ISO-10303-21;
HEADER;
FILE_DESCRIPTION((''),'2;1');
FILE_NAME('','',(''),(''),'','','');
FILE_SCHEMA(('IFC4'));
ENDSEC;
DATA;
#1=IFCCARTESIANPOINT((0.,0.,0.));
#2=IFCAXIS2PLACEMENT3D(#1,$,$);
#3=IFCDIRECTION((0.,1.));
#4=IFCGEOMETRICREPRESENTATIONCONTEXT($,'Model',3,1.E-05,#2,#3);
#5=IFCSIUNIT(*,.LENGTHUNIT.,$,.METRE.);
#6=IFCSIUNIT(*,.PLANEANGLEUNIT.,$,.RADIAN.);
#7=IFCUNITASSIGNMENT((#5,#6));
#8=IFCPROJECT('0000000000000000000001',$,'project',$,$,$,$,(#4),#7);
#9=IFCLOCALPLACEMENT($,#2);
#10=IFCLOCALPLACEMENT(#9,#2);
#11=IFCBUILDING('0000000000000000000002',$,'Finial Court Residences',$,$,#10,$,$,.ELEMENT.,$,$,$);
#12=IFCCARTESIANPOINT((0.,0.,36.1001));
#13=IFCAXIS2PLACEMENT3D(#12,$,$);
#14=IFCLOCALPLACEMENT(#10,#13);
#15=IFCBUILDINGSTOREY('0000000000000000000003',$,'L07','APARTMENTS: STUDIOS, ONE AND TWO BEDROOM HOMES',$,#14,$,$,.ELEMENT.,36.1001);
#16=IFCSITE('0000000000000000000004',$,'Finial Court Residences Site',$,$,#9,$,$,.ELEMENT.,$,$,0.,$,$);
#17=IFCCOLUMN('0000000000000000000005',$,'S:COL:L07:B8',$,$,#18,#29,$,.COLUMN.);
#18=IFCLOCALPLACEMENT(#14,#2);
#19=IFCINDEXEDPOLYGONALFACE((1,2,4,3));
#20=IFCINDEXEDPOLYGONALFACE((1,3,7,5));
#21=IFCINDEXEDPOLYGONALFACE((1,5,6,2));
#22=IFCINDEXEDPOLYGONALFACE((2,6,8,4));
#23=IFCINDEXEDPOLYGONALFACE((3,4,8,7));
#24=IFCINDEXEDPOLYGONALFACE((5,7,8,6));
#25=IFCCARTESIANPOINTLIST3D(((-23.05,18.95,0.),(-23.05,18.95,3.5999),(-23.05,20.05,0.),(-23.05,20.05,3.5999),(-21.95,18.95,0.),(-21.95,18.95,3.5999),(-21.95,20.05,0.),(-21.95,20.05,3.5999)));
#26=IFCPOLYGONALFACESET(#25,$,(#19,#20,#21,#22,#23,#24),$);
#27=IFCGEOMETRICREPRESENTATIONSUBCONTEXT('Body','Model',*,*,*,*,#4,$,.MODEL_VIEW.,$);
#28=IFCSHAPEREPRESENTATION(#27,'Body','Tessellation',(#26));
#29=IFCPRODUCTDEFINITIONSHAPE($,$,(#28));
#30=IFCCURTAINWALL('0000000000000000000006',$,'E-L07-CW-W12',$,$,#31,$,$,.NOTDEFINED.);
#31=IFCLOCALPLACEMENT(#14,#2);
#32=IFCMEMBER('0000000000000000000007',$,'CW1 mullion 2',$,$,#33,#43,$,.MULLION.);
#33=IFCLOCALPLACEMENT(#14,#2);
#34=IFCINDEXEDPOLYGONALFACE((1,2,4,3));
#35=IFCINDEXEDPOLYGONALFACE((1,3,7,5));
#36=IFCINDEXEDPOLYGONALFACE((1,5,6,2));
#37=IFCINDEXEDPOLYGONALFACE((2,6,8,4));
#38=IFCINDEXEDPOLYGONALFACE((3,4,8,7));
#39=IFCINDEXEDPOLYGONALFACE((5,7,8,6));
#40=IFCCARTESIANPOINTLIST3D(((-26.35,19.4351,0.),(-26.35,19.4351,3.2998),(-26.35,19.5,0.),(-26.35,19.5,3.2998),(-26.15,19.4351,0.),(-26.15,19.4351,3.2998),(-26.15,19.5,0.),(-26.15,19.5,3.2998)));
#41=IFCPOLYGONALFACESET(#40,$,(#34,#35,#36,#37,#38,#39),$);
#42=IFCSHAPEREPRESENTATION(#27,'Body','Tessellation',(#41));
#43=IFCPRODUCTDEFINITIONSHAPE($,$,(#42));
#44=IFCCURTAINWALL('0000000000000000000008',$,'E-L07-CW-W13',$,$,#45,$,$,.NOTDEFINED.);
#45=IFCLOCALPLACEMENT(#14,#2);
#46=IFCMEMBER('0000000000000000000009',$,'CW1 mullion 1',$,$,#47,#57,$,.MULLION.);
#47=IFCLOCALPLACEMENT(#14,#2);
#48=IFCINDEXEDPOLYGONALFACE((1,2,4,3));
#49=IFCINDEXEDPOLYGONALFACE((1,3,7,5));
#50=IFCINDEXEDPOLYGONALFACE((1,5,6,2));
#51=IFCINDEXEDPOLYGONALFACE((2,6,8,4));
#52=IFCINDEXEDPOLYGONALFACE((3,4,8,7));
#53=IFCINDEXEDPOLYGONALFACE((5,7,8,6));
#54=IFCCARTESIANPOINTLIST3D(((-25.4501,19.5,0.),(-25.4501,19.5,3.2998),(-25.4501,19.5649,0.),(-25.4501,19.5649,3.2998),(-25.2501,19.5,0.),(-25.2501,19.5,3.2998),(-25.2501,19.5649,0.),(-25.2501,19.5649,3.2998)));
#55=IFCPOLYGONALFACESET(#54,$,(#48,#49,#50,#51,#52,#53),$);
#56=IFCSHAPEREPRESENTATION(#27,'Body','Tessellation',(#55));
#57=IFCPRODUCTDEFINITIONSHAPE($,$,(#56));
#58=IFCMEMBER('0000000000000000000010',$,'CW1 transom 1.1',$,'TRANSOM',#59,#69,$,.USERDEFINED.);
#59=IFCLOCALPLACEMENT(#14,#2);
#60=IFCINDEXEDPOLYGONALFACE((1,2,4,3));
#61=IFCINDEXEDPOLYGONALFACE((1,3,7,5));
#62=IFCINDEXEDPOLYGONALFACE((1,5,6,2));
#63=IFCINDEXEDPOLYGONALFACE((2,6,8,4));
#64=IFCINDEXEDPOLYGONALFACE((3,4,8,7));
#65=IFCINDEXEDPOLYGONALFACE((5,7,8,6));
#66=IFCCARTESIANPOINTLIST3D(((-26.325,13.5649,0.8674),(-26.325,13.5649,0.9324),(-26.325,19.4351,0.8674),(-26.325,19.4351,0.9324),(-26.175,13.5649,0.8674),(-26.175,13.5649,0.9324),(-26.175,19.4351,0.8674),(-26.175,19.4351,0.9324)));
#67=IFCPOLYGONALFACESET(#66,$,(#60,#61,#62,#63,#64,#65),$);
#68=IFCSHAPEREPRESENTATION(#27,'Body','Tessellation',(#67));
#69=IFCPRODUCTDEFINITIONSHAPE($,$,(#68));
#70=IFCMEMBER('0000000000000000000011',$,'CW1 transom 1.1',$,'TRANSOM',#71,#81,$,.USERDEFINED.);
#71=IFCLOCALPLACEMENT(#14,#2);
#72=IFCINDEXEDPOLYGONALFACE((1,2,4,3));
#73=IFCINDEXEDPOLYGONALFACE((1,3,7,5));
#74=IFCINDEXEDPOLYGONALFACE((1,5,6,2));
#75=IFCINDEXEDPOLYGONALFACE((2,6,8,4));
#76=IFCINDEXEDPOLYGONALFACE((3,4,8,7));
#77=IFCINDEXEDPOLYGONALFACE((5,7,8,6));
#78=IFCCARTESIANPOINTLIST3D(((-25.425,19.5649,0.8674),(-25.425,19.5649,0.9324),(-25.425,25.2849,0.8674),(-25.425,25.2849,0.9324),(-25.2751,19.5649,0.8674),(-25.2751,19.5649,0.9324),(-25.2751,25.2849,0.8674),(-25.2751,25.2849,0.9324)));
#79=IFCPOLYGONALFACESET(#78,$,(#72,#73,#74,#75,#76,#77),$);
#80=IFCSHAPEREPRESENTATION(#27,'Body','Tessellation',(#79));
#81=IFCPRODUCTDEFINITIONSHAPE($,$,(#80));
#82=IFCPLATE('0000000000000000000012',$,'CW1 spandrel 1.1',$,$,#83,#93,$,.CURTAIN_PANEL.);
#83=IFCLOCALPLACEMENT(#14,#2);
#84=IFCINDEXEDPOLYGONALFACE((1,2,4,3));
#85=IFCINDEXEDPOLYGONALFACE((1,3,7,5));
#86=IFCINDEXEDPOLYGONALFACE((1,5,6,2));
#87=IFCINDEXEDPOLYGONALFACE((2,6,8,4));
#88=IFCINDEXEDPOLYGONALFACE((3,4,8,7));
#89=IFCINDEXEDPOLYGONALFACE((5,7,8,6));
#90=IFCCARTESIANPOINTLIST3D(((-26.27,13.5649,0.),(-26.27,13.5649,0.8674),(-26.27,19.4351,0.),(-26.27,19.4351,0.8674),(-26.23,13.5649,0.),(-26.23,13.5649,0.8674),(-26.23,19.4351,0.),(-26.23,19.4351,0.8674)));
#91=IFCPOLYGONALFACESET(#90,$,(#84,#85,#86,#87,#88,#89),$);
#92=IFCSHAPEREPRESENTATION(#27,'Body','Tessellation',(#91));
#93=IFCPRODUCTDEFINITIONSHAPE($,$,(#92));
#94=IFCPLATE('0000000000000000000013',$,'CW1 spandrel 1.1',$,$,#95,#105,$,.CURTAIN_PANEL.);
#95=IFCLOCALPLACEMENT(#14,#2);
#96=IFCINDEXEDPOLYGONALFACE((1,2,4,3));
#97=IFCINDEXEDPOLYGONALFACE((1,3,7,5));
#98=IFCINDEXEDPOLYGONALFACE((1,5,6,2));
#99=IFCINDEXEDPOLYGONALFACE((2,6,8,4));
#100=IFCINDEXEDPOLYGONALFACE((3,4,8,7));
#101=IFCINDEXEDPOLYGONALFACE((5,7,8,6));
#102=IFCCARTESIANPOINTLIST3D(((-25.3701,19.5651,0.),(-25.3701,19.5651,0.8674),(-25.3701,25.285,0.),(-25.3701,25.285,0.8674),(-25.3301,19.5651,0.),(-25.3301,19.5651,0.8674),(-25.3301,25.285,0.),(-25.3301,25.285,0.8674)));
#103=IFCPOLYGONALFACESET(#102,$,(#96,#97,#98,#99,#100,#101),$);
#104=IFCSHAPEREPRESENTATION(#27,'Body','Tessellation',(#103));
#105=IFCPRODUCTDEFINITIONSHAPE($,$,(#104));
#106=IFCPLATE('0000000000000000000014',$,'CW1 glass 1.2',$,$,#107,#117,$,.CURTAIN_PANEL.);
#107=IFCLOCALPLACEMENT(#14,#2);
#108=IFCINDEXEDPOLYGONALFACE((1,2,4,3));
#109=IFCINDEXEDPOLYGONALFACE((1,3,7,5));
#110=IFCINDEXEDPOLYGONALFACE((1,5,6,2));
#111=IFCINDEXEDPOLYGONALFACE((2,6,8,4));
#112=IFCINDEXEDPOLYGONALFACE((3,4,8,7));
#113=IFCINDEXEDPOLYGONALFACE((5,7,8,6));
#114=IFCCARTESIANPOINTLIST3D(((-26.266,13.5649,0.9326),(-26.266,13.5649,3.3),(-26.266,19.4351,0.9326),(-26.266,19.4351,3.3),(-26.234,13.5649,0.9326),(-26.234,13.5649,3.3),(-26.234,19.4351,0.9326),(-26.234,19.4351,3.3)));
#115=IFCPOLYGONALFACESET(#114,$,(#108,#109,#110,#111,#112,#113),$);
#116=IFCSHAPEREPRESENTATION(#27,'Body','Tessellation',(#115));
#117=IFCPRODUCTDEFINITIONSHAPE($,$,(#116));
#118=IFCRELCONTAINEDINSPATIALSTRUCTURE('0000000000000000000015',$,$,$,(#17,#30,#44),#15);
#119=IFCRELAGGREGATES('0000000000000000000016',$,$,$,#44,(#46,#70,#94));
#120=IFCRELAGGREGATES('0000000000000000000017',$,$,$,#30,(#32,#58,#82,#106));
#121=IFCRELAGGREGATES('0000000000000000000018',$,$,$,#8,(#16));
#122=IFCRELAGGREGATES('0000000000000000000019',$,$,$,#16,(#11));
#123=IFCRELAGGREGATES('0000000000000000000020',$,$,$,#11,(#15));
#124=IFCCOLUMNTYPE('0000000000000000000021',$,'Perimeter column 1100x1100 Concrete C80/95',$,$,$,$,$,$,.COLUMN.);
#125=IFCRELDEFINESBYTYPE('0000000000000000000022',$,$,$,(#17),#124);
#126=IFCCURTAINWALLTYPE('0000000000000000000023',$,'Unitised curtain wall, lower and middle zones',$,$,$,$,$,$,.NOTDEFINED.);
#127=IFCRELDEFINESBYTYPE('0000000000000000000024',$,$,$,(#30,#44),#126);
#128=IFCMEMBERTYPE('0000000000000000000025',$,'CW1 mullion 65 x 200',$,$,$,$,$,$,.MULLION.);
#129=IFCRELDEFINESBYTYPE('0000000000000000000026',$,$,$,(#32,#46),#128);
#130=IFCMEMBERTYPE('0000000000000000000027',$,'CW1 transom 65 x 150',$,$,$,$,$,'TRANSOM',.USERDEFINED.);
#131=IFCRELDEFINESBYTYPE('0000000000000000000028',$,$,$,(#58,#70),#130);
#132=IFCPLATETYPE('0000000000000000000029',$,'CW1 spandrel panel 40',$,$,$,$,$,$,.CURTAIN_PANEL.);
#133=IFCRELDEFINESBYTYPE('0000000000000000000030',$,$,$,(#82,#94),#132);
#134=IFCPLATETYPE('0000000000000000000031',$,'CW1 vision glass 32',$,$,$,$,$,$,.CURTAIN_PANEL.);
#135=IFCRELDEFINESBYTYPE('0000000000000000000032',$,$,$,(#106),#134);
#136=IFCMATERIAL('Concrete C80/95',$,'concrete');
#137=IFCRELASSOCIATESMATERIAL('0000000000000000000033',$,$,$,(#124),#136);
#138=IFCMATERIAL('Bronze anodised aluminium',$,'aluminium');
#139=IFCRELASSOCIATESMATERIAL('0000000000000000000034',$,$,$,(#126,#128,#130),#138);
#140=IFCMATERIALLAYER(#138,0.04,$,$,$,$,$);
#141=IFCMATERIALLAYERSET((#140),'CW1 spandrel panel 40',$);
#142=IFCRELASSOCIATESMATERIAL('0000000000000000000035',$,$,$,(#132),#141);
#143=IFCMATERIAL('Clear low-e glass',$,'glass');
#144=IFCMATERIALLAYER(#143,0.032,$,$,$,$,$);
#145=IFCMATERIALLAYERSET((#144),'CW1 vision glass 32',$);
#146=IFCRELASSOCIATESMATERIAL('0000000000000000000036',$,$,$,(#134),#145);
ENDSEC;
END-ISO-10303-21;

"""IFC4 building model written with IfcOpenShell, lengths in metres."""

from ifc_helpers import new_model, si_unit, direction, frame, origin, origin_2d, place, context, subcontext, project, spatial, rectangle, extrude, material, layer, layer_set, material_profile, profile_set, type_object, element, aggregate, save


model = new_model("IFC4")

# Units and contexts
model_context = context("Model", 3, precision=1e-05, world=origin(), true_north=direction((0.0, 1.0)))
body_context = subcontext(model_context, "Body", "Model", "MODEL_VIEW")
ifc_project = project(units=[si_unit("LENGTHUNIT", "METRE"), si_unit("PLANEANGLEUNIT", "RADIAN")], contexts=[model_context])

# Site, building, storey
site_placement = place(None, origin())
site = spatial("IfcSite", under=ifc_project, at=site_placement, Name="Finial Court Residences Site", CompositionType="ELEMENT", RefElevation=0.0)
building_placement = place(site_placement, origin())
building = spatial("IfcBuilding", under=site, at=building_placement, Name="Finial Court Residences", CompositionType="ELEMENT")
storey_placement = place(building_placement, frame((0.0, 0.0, 36.1001)))
storey = spatial("IfcBuildingStorey", under=building, at=storey_placement, Name="L07", Description="APARTMENTS: STUDIOS, ONE AND TWO BEDROOM HOMES", CompositionType="ELEMENT", Elevation=36.1001)

# Column
ifc_material_1 = material(Name="Concrete C80/95", Category="concrete")
ifc_material_profile_1 = material_profile(ifc_material_1, rectangle(XDim=1.1001, YDim=1.1001, at=origin_2d()), Name="1100x1100")
ifc_profile_set_1 = profile_set([ifc_material_profile_1], Name="Concrete C80/95")
column_type = type_object("IfcColumnType", Name="Perimeter column 1100x1100 Concrete C80/95", PredefinedType="COLUMN", material=ifc_profile_set_1)
column_placement = place(storey_placement, frame((-22.5, 19.5, 0.0), z_axis=(0.0, 0.0, 1.0), x_axis=(1.0, 0.0, 0.0)))
element("IfcColumn", 1, at=column_placement, inside=storey, type_object=column_type, Name="S:COL:L07:B8", PredefinedType="COLUMN", context=body_context, shape_type="SweptSolid", body=[
    extrude(rectangle(XDim=1.1001, YDim=1.1001, at=origin_2d()), origin(), (0.0, 0.0, 1.0), 3.5999),
])

# Curtain walls, members
ifc_material_2 = material(Name="Bronze anodised aluminium", Category="aluminium")
curtain_wall_type = type_object("IfcCurtainWallType", Name="Unitised curtain wall, lower and middle zones", PredefinedType="NOTDEFINED", material=ifc_material_2)
curtain_wall_1_placement = place(storey_placement, origin())
curtain_wall_1 = element("IfcCurtainWall", 2, at=curtain_wall_1_placement, inside=storey, type_object=curtain_wall_type, Name="E-L07-CW-W12", PredefinedType="NOTDEFINED")
ifc_material_profile_2 = material_profile(ifc_material_2, rectangle(XDim=0.2, YDim=0.0649, at=origin_2d()), Name="CW1 mullion 65 x 200")
ifc_profile_set_2 = profile_set([ifc_material_profile_2], Name="Bronze anodised aluminium")
member_type_1 = type_object("IfcMemberType", Name="CW1 mullion 65 x 200", PredefinedType="MULLION", material=ifc_profile_set_2)
member_1_placement = place(storey_placement, frame((-26.25, 19.4675, 0.0), z_axis=(0.0, 0.0, 1.0), x_axis=(-1.0, 0.0, 0.0)))
member_1 = element("IfcMember", 3, at=member_1_placement, type_object=member_type_1, Name="CW1 mullion 2", PredefinedType="MULLION", context=body_context, shape_type="SweptSolid", body=[
    extrude(rectangle(XDim=0.2, YDim=0.0649, at=origin_2d()), origin(), (0.0, 0.0, 1.0), 3.2998),
])
curtain_wall_2_placement = place(storey_placement, origin())
curtain_wall_2 = element("IfcCurtainWall", 4, at=curtain_wall_2_placement, inside=storey, type_object=curtain_wall_type, Name="E-L07-CW-W13", PredefinedType="NOTDEFINED")
member_2_placement = place(storey_placement, frame((-25.3501, 19.5325, 0.0), z_axis=(0.0, 0.0, 1.0), x_axis=(-1.0, 0.0, 0.0)))
member_2 = element("IfcMember", 5, at=member_2_placement, type_object=member_type_1, Name="CW1 mullion 1", PredefinedType="MULLION", context=body_context, shape_type="SweptSolid", body=[
    extrude(rectangle(XDim=0.2, YDim=0.0649, at=origin_2d()), origin(), (0.0, 0.0, 1.0), 3.2998),
])

# Members
ifc_material_profile_3 = material_profile(ifc_material_2, rectangle(XDim=0.1499, YDim=0.0649, at=origin_2d()), Name="CW1 transom 65 x 150")
ifc_profile_set_3 = profile_set([ifc_material_profile_3], Name="Bronze anodised aluminium")
member_type_2 = type_object("IfcMemberType", Name="CW1 transom 65 x 150", ElementType="TRANSOM", PredefinedType="USERDEFINED", material=ifc_profile_set_3)
member_3_placement = place(storey_placement, frame((-26.25, 13.5649, 0.8999), z_axis=(0.0, 1.0, 0.0), x_axis=(-1.0, 0.0, 0.0)))
member_3 = element("IfcMember", 6, at=member_3_placement, type_object=member_type_2, Name="CW1 transom 1.1", ObjectType="TRANSOM", PredefinedType="USERDEFINED", context=body_context, shape_type="SweptSolid", body=[
    extrude(rectangle(XDim=0.1499, YDim=0.0649, at=origin_2d()), origin(), (0.0, 0.0, 1.0), 5.8701),
])
member_4_placement = place(storey_placement, frame((-25.3501, 19.5649, 0.8999), z_axis=(0.0, 1.0, 0.0), x_axis=(-1.0, 0.0, 0.0)))
member_4 = element("IfcMember", 7, at=member_4_placement, type_object=member_type_2, Name="CW1 transom 1.1", ObjectType="TRANSOM", PredefinedType="USERDEFINED", context=body_context, shape_type="SweptSolid", body=[
    extrude(rectangle(XDim=0.1499, YDim=0.0649, at=origin_2d()), origin(), (0.0, 0.0, 1.0), 5.72),
])

# Plates
ifc_layer_1 = layer(ifc_material_2, 0.04)
ifc_layer_set_1 = layer_set([ifc_layer_1], Name="CW1 spandrel panel 40")
plate_type_1 = type_object("IfcPlateType", Name="CW1 spandrel panel 40", PredefinedType="CURTAIN_PANEL", material=ifc_layer_set_1)
plate_1_placement = place(storey_placement, frame((-26.25, 16.5, 0.0), z_axis=(0.0, 0.0, 1.0), x_axis=(0.0, 1.0, 0.0)))
plate_1 = element("IfcPlate", 8, at=plate_1_placement, type_object=plate_type_1, Name="CW1 spandrel 1.1", PredefinedType="CURTAIN_PANEL", context=body_context, shape_type="SweptSolid", body=[
    extrude(rectangle(XDim=5.8701, YDim=0.04, at=origin_2d()), origin(), (0.0, 0.0, 1.0), 0.8674),
])
plate_2_placement = place(storey_placement, frame((-25.3501, 22.425, 0.0), z_axis=(0.0, 0.0, 1.0), x_axis=(0.0, 1.0, 0.0)))
plate_2 = element("IfcPlate", 9, at=plate_2_placement, type_object=plate_type_1, Name="CW1 spandrel 1.1", PredefinedType="CURTAIN_PANEL", context=body_context, shape_type="SweptSolid", body=[
    extrude(rectangle(XDim=5.72, YDim=0.04, at=origin_2d()), origin(), (0.0, 0.0, 1.0), 0.8674),
])
aggregate(curtain_wall_2, [member_2, member_4, plate_2])
ifc_material_3 = material(Name="Clear low-e glass", Category="glass")
ifc_layer_2 = layer(ifc_material_3, 0.032)
ifc_layer_set_2 = layer_set([ifc_layer_2], Name="CW1 vision glass 32")
plate_type_2 = type_object("IfcPlateType", Name="CW1 vision glass 32", PredefinedType="CURTAIN_PANEL", material=ifc_layer_set_2)
plate_3_placement = place(storey_placement, frame((-26.25, 16.5, 0.9326), z_axis=(0.0, 0.0, 1.0), x_axis=(0.0, 1.0, 0.0)))
plate_3 = element("IfcPlate", 10, at=plate_3_placement, type_object=plate_type_2, Name="CW1 glass 1.2", PredefinedType="CURTAIN_PANEL", context=body_context, shape_type="SweptSolid", body=[
    extrude(rectangle(XDim=5.8701, YDim=0.032, at=origin_2d()), origin(), (0.0, 0.0, 1.0), 2.3674),
])
aggregate(curtain_wall_1, [member_1, member_3, plate_1, plate_3])

save(model, "model.ifc")
